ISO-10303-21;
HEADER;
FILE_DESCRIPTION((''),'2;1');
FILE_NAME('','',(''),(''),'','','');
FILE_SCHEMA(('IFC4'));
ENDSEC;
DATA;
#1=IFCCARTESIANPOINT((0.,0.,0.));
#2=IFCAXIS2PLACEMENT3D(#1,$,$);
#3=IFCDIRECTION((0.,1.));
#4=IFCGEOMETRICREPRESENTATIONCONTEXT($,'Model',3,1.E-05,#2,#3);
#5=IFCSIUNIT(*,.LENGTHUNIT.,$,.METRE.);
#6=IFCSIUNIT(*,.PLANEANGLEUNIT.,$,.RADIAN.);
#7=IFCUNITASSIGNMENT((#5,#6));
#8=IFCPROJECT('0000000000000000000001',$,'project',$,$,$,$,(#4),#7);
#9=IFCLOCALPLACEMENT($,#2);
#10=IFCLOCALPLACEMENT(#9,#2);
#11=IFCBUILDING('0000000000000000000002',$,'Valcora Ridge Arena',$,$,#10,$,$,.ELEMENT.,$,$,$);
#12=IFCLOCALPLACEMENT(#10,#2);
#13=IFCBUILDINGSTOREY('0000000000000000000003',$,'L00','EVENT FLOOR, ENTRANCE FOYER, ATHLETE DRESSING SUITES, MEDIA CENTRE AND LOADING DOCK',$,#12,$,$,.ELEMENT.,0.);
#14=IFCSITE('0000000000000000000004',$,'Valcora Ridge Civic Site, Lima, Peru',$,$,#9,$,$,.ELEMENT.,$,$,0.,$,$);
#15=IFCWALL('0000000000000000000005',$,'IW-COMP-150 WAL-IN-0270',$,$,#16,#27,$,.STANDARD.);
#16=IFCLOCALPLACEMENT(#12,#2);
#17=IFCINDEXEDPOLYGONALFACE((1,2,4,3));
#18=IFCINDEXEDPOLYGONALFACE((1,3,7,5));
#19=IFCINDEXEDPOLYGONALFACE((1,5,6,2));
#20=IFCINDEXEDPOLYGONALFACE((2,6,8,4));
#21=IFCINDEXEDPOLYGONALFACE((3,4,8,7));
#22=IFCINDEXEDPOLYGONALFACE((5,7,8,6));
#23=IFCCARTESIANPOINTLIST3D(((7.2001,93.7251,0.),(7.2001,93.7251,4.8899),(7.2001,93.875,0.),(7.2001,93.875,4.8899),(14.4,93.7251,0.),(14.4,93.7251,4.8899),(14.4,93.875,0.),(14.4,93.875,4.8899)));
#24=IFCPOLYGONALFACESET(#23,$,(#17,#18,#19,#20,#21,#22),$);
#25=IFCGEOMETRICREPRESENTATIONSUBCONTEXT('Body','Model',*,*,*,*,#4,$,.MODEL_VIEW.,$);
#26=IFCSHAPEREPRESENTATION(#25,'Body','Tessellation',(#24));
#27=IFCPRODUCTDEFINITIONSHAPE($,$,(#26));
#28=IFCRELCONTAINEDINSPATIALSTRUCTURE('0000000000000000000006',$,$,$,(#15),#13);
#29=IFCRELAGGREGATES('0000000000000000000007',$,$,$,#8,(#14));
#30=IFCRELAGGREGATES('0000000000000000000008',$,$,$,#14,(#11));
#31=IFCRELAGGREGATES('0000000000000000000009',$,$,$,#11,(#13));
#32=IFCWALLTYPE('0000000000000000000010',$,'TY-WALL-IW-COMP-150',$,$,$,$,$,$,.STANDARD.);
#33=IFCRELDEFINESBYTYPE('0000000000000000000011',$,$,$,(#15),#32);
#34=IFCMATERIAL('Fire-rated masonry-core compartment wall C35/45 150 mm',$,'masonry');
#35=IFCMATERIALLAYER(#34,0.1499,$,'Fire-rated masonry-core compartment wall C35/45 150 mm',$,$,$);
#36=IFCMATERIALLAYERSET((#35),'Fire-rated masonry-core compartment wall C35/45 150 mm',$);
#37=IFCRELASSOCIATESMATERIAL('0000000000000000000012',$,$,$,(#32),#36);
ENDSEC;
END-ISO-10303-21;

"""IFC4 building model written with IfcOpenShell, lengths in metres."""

from ifc_helpers import new_model, si_unit, direction, frame, frame_2d, origin, place, context, subcontext, project, spatial, rectangle, extrude, material, layer, layer_set, type_object, element, save


model = new_model("IFC4")

# Units and contexts
model_context = context("Model", 3, precision=1e-05, world=origin(), true_north=direction((0.0, 1.0)))
body_context = subcontext(model_context, "Body", "Model", "MODEL_VIEW")
ifc_project = project(units=[si_unit("LENGTHUNIT", "METRE"), si_unit("PLANEANGLEUNIT", "RADIAN")], contexts=[model_context])

# Site, building, storey
site_placement = place(None, origin())
site = spatial("IfcSite", under=ifc_project, at=site_placement, Name="Valcora Ridge Civic Site, Lima, Peru", CompositionType="ELEMENT", RefElevation=0.0)
building_placement = place(site_placement, origin())
building = spatial("IfcBuilding", under=site, at=building_placement, Name="Valcora Ridge Arena", CompositionType="ELEMENT")
storey_placement = place(building_placement, origin())
storey = spatial("IfcBuildingStorey", under=building, at=storey_placement, Name="L00", Description="EVENT FLOOR, ENTRANCE FOYER, ATHLETE DRESSING SUITES, MEDIA CENTRE AND LOADING DOCK", CompositionType="ELEMENT", Elevation=0.0)

# Wall
ifc_material_1 = material(Name="Fire-rated masonry-core compartment wall C35/45 150 mm", Category="masonry")
ifc_layer_1 = layer(ifc_material_1, 0.1499, Name="Fire-rated masonry-core compartment wall C35/45 150 mm")
ifc_layer_set_1 = layer_set([ifc_layer_1], Name="Fire-rated masonry-core compartment wall C35/45 150 mm")
wall_type_1 = type_object("IfcWallType", Name="TY-WALL-IW-COMP-150", PredefinedType="STANDARD", material=ifc_layer_set_1)
wall_1_placement = place(storey_placement, frame((7.2, 93.8, 0.0), z_axis=(0.0, 0.0, 1.0), x_axis=(1.0, 0.0, 0.0)))
element("IfcWall", 1, at=wall_1_placement, inside=storey, type_object=wall_type_1, Name="IW-COMP-150 WAL-IN-0270", PredefinedType="STANDARD", context=body_context, shape_type="SweptSolid", body=[
    extrude(rectangle(XDim=7.2, YDim=0.1499, at=frame_2d((3.6001, 0.0))), origin(), (0.0, 0.0, 1.0), 4.8899),
])

save(model, "model.ifc")
